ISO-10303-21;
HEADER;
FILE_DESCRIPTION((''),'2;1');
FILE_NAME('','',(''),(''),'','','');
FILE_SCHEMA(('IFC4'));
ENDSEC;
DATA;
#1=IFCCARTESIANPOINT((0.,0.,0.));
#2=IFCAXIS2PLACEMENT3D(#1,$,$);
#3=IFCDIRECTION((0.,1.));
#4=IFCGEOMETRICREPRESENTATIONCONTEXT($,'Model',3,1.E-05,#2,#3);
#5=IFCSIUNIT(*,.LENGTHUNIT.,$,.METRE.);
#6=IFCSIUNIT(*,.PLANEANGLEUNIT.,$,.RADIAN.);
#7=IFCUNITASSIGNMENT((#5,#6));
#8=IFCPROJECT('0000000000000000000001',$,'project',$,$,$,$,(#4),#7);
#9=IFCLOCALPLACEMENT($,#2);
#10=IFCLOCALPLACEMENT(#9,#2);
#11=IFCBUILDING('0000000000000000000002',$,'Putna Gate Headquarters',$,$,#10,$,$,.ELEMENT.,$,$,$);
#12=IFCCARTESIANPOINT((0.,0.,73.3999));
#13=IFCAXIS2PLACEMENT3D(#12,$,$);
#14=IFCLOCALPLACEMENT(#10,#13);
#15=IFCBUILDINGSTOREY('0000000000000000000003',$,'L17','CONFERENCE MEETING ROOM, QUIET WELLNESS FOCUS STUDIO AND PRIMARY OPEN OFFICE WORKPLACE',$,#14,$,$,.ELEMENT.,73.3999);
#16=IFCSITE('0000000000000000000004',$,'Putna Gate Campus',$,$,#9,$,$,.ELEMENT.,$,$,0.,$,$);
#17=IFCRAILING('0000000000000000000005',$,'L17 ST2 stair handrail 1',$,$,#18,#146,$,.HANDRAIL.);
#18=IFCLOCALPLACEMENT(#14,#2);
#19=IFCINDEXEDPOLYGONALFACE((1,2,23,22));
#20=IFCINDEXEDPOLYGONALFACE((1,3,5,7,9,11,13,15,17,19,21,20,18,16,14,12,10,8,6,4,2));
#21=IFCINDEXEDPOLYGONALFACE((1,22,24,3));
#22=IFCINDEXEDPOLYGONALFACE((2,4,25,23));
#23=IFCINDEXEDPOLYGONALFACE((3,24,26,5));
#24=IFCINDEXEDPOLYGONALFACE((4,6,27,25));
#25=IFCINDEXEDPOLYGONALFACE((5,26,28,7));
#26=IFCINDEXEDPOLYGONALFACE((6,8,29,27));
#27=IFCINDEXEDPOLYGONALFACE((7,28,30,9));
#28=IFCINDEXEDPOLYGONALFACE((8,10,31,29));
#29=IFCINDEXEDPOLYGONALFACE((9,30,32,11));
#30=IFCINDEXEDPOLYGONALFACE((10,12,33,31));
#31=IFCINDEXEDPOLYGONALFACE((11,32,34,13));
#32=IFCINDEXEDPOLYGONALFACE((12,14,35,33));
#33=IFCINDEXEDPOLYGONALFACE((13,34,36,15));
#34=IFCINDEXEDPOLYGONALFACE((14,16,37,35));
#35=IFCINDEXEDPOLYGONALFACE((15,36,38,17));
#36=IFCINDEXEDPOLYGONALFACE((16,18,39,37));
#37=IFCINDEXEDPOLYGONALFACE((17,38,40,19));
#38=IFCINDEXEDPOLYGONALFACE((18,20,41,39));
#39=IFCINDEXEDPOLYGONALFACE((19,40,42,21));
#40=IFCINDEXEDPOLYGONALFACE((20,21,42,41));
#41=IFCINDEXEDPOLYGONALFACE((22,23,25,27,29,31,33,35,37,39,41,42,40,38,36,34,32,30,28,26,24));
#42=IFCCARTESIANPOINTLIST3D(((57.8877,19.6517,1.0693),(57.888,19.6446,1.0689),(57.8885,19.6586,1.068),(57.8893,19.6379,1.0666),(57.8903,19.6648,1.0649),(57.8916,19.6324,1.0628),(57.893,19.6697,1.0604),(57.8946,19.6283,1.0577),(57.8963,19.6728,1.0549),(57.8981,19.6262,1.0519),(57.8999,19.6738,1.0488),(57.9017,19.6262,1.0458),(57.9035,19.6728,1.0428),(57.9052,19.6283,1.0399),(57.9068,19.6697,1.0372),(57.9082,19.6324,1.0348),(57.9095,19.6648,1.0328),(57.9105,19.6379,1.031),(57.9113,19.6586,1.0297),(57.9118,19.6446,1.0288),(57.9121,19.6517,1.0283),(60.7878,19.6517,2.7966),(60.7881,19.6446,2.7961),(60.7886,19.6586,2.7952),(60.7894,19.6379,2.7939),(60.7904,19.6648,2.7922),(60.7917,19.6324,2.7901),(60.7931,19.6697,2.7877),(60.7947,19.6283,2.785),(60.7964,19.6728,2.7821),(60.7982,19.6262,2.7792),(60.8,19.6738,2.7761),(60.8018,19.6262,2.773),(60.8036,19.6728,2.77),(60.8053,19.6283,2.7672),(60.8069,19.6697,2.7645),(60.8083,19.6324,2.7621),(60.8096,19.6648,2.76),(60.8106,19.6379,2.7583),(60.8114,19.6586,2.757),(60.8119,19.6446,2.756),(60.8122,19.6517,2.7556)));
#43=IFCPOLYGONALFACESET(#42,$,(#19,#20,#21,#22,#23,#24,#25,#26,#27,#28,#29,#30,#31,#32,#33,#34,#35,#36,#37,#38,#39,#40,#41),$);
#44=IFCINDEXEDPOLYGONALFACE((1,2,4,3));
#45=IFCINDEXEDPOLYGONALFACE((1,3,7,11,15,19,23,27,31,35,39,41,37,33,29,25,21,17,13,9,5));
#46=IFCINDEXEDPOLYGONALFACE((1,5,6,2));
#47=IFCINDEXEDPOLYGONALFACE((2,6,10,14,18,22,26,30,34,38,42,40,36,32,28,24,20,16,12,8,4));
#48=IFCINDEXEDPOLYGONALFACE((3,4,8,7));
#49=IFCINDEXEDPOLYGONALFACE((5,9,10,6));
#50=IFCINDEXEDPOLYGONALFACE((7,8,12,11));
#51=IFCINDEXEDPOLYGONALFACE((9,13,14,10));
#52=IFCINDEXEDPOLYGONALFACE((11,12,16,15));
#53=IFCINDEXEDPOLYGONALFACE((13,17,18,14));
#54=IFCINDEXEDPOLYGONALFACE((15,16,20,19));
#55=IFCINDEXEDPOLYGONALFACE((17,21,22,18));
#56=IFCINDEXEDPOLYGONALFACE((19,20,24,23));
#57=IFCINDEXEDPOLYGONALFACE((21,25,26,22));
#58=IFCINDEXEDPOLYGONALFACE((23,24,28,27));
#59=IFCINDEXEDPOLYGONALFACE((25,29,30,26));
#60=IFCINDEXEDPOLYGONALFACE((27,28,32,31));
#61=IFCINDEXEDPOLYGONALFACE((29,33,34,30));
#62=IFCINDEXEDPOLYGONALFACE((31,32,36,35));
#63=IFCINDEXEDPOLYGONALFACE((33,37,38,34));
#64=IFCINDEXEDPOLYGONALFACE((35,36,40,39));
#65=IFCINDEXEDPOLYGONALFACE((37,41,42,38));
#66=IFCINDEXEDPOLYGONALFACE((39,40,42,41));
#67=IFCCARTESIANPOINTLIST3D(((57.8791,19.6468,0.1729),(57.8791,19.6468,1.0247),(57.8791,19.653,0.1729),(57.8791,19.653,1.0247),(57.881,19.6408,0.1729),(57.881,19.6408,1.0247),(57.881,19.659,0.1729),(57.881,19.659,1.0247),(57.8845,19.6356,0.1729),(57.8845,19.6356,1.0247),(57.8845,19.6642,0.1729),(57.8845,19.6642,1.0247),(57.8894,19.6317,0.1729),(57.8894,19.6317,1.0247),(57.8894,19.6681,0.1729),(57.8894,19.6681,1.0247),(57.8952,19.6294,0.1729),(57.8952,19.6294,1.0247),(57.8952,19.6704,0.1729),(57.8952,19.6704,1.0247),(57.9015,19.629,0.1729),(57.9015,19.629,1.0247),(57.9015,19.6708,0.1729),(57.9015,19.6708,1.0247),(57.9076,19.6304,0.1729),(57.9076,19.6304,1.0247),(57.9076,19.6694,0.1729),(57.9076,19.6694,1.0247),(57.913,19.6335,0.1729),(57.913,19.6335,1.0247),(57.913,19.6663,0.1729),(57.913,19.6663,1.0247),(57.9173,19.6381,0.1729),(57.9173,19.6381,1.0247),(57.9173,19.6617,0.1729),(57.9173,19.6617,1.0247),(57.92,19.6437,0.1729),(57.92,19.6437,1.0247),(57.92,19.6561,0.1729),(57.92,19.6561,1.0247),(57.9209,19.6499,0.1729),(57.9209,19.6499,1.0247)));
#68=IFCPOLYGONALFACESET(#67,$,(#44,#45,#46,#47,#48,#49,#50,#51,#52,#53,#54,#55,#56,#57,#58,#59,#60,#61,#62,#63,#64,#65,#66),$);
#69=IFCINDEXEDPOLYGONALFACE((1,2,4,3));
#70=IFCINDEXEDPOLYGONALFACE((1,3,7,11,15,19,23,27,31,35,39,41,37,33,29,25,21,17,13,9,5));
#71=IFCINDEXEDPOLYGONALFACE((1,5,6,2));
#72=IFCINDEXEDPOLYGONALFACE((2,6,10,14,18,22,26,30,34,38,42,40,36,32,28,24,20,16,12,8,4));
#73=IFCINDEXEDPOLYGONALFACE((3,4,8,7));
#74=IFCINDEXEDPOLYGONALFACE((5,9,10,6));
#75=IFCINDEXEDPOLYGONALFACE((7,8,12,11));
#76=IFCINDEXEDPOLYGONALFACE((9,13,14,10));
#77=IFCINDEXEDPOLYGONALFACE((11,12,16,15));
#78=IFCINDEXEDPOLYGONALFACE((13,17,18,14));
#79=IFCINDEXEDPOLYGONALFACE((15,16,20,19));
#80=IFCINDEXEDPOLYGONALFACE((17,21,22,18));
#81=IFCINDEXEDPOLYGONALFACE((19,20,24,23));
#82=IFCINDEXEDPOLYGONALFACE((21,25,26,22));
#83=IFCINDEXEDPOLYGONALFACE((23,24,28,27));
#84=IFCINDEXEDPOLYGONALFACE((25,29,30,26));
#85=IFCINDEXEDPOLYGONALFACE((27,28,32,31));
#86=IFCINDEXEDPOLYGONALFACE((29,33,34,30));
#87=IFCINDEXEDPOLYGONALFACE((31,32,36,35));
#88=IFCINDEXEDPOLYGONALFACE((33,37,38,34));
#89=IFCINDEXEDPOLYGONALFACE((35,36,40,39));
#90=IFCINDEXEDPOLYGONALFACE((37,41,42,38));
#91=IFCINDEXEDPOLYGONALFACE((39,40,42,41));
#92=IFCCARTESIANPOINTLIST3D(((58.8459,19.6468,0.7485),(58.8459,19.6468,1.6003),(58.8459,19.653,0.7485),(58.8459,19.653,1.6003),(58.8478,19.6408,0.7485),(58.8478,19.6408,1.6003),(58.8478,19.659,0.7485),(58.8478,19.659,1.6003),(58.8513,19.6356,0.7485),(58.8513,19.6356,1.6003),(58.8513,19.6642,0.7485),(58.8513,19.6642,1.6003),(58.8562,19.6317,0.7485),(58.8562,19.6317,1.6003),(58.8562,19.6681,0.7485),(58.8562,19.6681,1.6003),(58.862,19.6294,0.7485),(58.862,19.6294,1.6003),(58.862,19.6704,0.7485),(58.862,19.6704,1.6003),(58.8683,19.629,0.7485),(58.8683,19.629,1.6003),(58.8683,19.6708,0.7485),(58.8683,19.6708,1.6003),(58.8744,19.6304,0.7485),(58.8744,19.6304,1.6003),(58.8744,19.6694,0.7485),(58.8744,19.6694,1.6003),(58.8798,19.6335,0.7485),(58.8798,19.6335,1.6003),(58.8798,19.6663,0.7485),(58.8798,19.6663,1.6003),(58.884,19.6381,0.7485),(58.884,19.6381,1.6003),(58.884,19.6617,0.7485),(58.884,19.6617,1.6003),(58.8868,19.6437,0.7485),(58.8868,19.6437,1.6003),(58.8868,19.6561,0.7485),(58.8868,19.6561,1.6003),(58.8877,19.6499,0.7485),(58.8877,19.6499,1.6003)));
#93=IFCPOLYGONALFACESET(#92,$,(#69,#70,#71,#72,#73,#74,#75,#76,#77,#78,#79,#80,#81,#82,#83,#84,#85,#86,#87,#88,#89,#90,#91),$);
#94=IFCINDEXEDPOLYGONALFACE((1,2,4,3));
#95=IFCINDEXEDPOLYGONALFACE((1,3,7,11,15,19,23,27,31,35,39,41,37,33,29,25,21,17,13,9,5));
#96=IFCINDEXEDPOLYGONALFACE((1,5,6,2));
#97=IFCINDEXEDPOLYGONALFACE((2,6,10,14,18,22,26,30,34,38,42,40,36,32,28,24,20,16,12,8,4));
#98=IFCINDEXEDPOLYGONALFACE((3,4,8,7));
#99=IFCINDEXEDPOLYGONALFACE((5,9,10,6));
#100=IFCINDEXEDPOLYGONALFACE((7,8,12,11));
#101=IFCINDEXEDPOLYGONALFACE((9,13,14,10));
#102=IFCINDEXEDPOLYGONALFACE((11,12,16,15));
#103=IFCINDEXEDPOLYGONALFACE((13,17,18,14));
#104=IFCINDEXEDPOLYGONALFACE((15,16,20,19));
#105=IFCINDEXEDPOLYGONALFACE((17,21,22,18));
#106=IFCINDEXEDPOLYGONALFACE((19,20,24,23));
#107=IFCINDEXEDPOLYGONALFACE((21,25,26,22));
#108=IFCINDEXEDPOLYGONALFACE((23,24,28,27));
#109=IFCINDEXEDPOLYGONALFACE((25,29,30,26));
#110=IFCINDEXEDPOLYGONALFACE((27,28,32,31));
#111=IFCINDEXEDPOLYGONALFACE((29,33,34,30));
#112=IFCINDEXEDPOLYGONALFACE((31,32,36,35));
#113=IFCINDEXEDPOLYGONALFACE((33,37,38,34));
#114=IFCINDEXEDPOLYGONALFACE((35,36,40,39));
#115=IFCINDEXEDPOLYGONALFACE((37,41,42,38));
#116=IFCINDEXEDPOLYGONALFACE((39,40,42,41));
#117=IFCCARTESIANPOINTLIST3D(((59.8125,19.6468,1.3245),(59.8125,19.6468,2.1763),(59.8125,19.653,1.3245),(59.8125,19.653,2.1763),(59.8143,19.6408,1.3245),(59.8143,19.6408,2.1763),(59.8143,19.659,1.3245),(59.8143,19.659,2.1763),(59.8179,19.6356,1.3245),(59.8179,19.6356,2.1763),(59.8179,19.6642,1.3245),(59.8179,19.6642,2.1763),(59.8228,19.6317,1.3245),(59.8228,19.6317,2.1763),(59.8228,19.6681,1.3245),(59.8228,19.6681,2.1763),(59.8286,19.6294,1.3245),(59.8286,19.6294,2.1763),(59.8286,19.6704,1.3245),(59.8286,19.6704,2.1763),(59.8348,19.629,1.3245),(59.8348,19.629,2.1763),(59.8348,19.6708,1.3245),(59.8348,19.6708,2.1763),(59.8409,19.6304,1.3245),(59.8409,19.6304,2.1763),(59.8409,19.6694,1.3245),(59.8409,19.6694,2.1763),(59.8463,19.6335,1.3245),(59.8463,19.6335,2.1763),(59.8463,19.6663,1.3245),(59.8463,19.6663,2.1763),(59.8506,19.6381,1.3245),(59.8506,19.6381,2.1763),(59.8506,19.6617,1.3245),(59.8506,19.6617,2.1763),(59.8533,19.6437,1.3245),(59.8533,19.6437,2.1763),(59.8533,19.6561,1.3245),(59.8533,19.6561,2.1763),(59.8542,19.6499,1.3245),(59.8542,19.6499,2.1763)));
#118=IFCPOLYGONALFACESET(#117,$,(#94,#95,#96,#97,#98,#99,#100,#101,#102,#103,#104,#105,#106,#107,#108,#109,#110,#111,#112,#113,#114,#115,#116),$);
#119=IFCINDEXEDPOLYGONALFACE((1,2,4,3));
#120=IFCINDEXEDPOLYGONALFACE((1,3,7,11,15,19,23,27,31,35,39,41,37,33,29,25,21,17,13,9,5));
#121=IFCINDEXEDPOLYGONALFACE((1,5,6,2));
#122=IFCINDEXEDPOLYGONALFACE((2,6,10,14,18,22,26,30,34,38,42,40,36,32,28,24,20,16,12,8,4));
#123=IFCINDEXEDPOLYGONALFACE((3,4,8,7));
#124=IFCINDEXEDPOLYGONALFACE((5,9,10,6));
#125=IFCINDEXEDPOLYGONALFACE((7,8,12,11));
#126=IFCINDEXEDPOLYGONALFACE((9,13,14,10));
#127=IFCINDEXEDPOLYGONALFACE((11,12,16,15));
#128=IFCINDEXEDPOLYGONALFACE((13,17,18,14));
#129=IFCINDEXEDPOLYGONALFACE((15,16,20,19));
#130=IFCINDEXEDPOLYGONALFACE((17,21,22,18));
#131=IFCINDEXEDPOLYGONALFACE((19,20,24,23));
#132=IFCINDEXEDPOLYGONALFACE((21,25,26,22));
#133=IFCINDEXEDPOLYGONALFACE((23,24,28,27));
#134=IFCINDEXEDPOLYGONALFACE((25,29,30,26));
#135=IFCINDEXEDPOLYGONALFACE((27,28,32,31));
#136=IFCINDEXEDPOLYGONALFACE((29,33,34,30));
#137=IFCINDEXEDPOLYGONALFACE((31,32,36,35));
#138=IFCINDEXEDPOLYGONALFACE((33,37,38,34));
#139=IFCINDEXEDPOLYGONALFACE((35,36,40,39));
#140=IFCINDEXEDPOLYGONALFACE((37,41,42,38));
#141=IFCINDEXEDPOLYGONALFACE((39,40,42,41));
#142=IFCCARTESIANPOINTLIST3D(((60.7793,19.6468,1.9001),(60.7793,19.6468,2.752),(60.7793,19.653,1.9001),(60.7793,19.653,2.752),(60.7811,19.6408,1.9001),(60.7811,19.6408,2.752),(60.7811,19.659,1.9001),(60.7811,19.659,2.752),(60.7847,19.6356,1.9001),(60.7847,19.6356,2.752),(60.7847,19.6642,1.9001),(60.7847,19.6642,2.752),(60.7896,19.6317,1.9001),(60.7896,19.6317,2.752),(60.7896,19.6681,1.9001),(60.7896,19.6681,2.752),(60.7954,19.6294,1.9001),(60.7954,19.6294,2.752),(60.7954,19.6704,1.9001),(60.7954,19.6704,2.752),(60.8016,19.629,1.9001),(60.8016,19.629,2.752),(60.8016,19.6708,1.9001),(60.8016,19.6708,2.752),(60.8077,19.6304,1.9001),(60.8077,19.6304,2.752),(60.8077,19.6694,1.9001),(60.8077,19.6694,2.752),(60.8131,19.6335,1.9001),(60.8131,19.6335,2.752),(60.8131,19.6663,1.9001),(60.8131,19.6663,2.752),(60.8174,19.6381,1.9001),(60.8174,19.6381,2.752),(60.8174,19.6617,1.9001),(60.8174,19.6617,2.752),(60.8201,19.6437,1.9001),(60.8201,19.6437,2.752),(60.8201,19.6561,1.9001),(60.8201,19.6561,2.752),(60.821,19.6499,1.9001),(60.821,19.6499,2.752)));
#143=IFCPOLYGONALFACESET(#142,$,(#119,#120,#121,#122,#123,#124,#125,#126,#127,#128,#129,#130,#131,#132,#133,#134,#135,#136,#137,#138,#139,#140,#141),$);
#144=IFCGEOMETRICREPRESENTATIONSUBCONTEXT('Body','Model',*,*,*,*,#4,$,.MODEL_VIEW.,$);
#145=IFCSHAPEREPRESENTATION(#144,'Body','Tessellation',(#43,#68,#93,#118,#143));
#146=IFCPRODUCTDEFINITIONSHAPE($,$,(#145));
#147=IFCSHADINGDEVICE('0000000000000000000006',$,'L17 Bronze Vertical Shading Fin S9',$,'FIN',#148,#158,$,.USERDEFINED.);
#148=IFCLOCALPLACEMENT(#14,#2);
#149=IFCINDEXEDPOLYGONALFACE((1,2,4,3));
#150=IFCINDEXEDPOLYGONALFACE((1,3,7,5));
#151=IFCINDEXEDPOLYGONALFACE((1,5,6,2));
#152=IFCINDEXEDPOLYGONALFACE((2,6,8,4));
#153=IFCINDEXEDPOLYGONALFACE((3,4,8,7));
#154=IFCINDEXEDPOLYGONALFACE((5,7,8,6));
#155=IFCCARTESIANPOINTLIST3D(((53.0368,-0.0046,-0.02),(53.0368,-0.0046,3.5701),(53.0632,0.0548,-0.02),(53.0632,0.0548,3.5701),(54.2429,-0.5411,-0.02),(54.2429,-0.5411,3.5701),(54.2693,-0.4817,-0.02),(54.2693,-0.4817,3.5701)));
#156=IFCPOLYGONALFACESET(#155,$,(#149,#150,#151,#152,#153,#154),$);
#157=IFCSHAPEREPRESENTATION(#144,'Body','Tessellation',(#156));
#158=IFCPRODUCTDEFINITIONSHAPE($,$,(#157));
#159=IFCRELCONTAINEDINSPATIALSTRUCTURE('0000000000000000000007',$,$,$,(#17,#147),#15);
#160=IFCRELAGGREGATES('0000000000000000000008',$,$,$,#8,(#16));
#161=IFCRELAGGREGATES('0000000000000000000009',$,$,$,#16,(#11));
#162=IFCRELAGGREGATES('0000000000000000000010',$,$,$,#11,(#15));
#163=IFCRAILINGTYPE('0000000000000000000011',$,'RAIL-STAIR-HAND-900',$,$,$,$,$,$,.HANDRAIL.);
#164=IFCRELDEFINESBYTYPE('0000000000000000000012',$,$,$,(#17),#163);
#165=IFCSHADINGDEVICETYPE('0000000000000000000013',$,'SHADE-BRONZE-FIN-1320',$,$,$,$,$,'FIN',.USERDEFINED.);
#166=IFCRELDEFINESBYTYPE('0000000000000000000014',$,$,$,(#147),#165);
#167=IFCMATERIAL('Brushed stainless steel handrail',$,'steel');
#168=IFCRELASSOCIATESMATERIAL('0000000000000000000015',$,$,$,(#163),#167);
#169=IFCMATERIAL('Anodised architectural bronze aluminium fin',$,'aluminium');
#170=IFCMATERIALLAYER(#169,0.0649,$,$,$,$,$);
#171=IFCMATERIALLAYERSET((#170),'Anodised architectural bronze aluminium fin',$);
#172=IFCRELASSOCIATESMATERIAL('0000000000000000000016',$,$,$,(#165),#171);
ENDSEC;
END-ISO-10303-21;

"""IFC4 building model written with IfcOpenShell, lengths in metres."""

from ifc_helpers import new_model, si_unit, direction, frame, origin, origin_2d, place, context, subcontext, project, spatial, rectangle, circle, extrude, material, layer, layer_set, type_object, element, save


model = new_model("IFC4")

# Units and contexts
model_context = context("Model", 3, precision=1e-05, world=origin(), true_north=direction((0.0, 1.0)))
body_context = subcontext(model_context, "Body", "Model", "MODEL_VIEW")
ifc_project = project(units=[si_unit("LENGTHUNIT", "METRE"), si_unit("PLANEANGLEUNIT", "RADIAN")], contexts=[model_context])

# Site, building, storey
site_placement = place(None, origin())
site = spatial("IfcSite", under=ifc_project, at=site_placement, Name="Putna Gate Campus", CompositionType="ELEMENT", RefElevation=0.0)
building_placement = place(site_placement, origin())
building = spatial("IfcBuilding", under=site, at=building_placement, Name="Putna Gate Headquarters", CompositionType="ELEMENT")
storey_placement = place(building_placement, frame((0.0, 0.0, 73.3999)))
storey = spatial("IfcBuildingStorey", under=building, at=storey_placement, Name="L17", Description="CONFERENCE MEETING ROOM, QUIET WELLNESS FOCUS STUDIO AND PRIMARY OPEN OFFICE WORKPLACE", CompositionType="ELEMENT", Elevation=73.3999)

# Railing
ifc_material_1 = material(Name="Brushed stainless steel handrail", Category="steel")
railing_type_1 = type_object("IfcRailingType", Name="RAIL-STAIR-HAND-900", PredefinedType="HANDRAIL", material=ifc_material_1)
railing_1_placement = place(storey_placement, frame((57.8999, 19.6499, 0.1729)))
element("IfcRailing", 1, at=railing_1_placement, inside=storey, type_object=railing_type_1, Name="L17 ST2 stair handrail 1", PredefinedType="HANDRAIL", context=body_context, shape_type="SweptSolid", body=[
    extrude(circle(Radius=0.0239, at=origin_2d()), frame((0.0, 0.0, 0.876), z_axis=(0.85916, 0.0, 0.511706), x_axis=(0.0, 1.0, 0.0)), (0.0, 0.0, 1.0), 3.3755),
    extrude(circle(Radius=0.021, at=origin_2d()), origin(), (0.0, 0.0, 1.0), 0.8518),
    extrude(circle(Radius=0.021, at=origin_2d()), frame((0.9668, 0.0, 0.5757)), (0.0, 0.0, 1.0), 0.8518),
    extrude(circle(Radius=0.021, at=origin_2d()), frame((1.9333, 0.0, 1.1516)), (0.0, 0.0, 1.0), 0.8518),
    extrude(circle(Radius=0.021, at=origin_2d()), frame((2.9001, 0.0, 1.7273)), (0.0, 0.0, 1.0), 0.8518),
])

# Shading device
ifc_material_2 = material(Name="Anodised architectural bronze aluminium fin", Category="aluminium")
ifc_layer_1 = layer(ifc_material_2, 0.0649)
ifc_layer_set_1 = layer_set([ifc_layer_1], Name="Anodised architectural bronze aluminium fin")
shading_device_type = type_object("IfcShadingDeviceType", Name="SHADE-BRONZE-FIN-1320", ElementType="FIN", PredefinedType="USERDEFINED", material=ifc_layer_set_1)
shading_device_placement = place(storey_placement, frame((53.6531, -0.2432, -0.02), z_axis=(0.0, 0.0, 1.0), x_axis=(0.913687, -0.406418, 0.0)))
element("IfcShadingDevice", 2, at=shading_device_placement, inside=storey, type_object=shading_device_type, Name="L17 Bronze Vertical Shading Fin S9", ObjectType="FIN", PredefinedType="USERDEFINED", context=body_context, shape_type="SweptSolid", body=[
    extrude(rectangle(XDim=1.3201, YDim=0.0649, at=origin_2d()), origin(), (0.0, 0.0, 1.0), 3.5901),
])

save(model, "model.ifc")
